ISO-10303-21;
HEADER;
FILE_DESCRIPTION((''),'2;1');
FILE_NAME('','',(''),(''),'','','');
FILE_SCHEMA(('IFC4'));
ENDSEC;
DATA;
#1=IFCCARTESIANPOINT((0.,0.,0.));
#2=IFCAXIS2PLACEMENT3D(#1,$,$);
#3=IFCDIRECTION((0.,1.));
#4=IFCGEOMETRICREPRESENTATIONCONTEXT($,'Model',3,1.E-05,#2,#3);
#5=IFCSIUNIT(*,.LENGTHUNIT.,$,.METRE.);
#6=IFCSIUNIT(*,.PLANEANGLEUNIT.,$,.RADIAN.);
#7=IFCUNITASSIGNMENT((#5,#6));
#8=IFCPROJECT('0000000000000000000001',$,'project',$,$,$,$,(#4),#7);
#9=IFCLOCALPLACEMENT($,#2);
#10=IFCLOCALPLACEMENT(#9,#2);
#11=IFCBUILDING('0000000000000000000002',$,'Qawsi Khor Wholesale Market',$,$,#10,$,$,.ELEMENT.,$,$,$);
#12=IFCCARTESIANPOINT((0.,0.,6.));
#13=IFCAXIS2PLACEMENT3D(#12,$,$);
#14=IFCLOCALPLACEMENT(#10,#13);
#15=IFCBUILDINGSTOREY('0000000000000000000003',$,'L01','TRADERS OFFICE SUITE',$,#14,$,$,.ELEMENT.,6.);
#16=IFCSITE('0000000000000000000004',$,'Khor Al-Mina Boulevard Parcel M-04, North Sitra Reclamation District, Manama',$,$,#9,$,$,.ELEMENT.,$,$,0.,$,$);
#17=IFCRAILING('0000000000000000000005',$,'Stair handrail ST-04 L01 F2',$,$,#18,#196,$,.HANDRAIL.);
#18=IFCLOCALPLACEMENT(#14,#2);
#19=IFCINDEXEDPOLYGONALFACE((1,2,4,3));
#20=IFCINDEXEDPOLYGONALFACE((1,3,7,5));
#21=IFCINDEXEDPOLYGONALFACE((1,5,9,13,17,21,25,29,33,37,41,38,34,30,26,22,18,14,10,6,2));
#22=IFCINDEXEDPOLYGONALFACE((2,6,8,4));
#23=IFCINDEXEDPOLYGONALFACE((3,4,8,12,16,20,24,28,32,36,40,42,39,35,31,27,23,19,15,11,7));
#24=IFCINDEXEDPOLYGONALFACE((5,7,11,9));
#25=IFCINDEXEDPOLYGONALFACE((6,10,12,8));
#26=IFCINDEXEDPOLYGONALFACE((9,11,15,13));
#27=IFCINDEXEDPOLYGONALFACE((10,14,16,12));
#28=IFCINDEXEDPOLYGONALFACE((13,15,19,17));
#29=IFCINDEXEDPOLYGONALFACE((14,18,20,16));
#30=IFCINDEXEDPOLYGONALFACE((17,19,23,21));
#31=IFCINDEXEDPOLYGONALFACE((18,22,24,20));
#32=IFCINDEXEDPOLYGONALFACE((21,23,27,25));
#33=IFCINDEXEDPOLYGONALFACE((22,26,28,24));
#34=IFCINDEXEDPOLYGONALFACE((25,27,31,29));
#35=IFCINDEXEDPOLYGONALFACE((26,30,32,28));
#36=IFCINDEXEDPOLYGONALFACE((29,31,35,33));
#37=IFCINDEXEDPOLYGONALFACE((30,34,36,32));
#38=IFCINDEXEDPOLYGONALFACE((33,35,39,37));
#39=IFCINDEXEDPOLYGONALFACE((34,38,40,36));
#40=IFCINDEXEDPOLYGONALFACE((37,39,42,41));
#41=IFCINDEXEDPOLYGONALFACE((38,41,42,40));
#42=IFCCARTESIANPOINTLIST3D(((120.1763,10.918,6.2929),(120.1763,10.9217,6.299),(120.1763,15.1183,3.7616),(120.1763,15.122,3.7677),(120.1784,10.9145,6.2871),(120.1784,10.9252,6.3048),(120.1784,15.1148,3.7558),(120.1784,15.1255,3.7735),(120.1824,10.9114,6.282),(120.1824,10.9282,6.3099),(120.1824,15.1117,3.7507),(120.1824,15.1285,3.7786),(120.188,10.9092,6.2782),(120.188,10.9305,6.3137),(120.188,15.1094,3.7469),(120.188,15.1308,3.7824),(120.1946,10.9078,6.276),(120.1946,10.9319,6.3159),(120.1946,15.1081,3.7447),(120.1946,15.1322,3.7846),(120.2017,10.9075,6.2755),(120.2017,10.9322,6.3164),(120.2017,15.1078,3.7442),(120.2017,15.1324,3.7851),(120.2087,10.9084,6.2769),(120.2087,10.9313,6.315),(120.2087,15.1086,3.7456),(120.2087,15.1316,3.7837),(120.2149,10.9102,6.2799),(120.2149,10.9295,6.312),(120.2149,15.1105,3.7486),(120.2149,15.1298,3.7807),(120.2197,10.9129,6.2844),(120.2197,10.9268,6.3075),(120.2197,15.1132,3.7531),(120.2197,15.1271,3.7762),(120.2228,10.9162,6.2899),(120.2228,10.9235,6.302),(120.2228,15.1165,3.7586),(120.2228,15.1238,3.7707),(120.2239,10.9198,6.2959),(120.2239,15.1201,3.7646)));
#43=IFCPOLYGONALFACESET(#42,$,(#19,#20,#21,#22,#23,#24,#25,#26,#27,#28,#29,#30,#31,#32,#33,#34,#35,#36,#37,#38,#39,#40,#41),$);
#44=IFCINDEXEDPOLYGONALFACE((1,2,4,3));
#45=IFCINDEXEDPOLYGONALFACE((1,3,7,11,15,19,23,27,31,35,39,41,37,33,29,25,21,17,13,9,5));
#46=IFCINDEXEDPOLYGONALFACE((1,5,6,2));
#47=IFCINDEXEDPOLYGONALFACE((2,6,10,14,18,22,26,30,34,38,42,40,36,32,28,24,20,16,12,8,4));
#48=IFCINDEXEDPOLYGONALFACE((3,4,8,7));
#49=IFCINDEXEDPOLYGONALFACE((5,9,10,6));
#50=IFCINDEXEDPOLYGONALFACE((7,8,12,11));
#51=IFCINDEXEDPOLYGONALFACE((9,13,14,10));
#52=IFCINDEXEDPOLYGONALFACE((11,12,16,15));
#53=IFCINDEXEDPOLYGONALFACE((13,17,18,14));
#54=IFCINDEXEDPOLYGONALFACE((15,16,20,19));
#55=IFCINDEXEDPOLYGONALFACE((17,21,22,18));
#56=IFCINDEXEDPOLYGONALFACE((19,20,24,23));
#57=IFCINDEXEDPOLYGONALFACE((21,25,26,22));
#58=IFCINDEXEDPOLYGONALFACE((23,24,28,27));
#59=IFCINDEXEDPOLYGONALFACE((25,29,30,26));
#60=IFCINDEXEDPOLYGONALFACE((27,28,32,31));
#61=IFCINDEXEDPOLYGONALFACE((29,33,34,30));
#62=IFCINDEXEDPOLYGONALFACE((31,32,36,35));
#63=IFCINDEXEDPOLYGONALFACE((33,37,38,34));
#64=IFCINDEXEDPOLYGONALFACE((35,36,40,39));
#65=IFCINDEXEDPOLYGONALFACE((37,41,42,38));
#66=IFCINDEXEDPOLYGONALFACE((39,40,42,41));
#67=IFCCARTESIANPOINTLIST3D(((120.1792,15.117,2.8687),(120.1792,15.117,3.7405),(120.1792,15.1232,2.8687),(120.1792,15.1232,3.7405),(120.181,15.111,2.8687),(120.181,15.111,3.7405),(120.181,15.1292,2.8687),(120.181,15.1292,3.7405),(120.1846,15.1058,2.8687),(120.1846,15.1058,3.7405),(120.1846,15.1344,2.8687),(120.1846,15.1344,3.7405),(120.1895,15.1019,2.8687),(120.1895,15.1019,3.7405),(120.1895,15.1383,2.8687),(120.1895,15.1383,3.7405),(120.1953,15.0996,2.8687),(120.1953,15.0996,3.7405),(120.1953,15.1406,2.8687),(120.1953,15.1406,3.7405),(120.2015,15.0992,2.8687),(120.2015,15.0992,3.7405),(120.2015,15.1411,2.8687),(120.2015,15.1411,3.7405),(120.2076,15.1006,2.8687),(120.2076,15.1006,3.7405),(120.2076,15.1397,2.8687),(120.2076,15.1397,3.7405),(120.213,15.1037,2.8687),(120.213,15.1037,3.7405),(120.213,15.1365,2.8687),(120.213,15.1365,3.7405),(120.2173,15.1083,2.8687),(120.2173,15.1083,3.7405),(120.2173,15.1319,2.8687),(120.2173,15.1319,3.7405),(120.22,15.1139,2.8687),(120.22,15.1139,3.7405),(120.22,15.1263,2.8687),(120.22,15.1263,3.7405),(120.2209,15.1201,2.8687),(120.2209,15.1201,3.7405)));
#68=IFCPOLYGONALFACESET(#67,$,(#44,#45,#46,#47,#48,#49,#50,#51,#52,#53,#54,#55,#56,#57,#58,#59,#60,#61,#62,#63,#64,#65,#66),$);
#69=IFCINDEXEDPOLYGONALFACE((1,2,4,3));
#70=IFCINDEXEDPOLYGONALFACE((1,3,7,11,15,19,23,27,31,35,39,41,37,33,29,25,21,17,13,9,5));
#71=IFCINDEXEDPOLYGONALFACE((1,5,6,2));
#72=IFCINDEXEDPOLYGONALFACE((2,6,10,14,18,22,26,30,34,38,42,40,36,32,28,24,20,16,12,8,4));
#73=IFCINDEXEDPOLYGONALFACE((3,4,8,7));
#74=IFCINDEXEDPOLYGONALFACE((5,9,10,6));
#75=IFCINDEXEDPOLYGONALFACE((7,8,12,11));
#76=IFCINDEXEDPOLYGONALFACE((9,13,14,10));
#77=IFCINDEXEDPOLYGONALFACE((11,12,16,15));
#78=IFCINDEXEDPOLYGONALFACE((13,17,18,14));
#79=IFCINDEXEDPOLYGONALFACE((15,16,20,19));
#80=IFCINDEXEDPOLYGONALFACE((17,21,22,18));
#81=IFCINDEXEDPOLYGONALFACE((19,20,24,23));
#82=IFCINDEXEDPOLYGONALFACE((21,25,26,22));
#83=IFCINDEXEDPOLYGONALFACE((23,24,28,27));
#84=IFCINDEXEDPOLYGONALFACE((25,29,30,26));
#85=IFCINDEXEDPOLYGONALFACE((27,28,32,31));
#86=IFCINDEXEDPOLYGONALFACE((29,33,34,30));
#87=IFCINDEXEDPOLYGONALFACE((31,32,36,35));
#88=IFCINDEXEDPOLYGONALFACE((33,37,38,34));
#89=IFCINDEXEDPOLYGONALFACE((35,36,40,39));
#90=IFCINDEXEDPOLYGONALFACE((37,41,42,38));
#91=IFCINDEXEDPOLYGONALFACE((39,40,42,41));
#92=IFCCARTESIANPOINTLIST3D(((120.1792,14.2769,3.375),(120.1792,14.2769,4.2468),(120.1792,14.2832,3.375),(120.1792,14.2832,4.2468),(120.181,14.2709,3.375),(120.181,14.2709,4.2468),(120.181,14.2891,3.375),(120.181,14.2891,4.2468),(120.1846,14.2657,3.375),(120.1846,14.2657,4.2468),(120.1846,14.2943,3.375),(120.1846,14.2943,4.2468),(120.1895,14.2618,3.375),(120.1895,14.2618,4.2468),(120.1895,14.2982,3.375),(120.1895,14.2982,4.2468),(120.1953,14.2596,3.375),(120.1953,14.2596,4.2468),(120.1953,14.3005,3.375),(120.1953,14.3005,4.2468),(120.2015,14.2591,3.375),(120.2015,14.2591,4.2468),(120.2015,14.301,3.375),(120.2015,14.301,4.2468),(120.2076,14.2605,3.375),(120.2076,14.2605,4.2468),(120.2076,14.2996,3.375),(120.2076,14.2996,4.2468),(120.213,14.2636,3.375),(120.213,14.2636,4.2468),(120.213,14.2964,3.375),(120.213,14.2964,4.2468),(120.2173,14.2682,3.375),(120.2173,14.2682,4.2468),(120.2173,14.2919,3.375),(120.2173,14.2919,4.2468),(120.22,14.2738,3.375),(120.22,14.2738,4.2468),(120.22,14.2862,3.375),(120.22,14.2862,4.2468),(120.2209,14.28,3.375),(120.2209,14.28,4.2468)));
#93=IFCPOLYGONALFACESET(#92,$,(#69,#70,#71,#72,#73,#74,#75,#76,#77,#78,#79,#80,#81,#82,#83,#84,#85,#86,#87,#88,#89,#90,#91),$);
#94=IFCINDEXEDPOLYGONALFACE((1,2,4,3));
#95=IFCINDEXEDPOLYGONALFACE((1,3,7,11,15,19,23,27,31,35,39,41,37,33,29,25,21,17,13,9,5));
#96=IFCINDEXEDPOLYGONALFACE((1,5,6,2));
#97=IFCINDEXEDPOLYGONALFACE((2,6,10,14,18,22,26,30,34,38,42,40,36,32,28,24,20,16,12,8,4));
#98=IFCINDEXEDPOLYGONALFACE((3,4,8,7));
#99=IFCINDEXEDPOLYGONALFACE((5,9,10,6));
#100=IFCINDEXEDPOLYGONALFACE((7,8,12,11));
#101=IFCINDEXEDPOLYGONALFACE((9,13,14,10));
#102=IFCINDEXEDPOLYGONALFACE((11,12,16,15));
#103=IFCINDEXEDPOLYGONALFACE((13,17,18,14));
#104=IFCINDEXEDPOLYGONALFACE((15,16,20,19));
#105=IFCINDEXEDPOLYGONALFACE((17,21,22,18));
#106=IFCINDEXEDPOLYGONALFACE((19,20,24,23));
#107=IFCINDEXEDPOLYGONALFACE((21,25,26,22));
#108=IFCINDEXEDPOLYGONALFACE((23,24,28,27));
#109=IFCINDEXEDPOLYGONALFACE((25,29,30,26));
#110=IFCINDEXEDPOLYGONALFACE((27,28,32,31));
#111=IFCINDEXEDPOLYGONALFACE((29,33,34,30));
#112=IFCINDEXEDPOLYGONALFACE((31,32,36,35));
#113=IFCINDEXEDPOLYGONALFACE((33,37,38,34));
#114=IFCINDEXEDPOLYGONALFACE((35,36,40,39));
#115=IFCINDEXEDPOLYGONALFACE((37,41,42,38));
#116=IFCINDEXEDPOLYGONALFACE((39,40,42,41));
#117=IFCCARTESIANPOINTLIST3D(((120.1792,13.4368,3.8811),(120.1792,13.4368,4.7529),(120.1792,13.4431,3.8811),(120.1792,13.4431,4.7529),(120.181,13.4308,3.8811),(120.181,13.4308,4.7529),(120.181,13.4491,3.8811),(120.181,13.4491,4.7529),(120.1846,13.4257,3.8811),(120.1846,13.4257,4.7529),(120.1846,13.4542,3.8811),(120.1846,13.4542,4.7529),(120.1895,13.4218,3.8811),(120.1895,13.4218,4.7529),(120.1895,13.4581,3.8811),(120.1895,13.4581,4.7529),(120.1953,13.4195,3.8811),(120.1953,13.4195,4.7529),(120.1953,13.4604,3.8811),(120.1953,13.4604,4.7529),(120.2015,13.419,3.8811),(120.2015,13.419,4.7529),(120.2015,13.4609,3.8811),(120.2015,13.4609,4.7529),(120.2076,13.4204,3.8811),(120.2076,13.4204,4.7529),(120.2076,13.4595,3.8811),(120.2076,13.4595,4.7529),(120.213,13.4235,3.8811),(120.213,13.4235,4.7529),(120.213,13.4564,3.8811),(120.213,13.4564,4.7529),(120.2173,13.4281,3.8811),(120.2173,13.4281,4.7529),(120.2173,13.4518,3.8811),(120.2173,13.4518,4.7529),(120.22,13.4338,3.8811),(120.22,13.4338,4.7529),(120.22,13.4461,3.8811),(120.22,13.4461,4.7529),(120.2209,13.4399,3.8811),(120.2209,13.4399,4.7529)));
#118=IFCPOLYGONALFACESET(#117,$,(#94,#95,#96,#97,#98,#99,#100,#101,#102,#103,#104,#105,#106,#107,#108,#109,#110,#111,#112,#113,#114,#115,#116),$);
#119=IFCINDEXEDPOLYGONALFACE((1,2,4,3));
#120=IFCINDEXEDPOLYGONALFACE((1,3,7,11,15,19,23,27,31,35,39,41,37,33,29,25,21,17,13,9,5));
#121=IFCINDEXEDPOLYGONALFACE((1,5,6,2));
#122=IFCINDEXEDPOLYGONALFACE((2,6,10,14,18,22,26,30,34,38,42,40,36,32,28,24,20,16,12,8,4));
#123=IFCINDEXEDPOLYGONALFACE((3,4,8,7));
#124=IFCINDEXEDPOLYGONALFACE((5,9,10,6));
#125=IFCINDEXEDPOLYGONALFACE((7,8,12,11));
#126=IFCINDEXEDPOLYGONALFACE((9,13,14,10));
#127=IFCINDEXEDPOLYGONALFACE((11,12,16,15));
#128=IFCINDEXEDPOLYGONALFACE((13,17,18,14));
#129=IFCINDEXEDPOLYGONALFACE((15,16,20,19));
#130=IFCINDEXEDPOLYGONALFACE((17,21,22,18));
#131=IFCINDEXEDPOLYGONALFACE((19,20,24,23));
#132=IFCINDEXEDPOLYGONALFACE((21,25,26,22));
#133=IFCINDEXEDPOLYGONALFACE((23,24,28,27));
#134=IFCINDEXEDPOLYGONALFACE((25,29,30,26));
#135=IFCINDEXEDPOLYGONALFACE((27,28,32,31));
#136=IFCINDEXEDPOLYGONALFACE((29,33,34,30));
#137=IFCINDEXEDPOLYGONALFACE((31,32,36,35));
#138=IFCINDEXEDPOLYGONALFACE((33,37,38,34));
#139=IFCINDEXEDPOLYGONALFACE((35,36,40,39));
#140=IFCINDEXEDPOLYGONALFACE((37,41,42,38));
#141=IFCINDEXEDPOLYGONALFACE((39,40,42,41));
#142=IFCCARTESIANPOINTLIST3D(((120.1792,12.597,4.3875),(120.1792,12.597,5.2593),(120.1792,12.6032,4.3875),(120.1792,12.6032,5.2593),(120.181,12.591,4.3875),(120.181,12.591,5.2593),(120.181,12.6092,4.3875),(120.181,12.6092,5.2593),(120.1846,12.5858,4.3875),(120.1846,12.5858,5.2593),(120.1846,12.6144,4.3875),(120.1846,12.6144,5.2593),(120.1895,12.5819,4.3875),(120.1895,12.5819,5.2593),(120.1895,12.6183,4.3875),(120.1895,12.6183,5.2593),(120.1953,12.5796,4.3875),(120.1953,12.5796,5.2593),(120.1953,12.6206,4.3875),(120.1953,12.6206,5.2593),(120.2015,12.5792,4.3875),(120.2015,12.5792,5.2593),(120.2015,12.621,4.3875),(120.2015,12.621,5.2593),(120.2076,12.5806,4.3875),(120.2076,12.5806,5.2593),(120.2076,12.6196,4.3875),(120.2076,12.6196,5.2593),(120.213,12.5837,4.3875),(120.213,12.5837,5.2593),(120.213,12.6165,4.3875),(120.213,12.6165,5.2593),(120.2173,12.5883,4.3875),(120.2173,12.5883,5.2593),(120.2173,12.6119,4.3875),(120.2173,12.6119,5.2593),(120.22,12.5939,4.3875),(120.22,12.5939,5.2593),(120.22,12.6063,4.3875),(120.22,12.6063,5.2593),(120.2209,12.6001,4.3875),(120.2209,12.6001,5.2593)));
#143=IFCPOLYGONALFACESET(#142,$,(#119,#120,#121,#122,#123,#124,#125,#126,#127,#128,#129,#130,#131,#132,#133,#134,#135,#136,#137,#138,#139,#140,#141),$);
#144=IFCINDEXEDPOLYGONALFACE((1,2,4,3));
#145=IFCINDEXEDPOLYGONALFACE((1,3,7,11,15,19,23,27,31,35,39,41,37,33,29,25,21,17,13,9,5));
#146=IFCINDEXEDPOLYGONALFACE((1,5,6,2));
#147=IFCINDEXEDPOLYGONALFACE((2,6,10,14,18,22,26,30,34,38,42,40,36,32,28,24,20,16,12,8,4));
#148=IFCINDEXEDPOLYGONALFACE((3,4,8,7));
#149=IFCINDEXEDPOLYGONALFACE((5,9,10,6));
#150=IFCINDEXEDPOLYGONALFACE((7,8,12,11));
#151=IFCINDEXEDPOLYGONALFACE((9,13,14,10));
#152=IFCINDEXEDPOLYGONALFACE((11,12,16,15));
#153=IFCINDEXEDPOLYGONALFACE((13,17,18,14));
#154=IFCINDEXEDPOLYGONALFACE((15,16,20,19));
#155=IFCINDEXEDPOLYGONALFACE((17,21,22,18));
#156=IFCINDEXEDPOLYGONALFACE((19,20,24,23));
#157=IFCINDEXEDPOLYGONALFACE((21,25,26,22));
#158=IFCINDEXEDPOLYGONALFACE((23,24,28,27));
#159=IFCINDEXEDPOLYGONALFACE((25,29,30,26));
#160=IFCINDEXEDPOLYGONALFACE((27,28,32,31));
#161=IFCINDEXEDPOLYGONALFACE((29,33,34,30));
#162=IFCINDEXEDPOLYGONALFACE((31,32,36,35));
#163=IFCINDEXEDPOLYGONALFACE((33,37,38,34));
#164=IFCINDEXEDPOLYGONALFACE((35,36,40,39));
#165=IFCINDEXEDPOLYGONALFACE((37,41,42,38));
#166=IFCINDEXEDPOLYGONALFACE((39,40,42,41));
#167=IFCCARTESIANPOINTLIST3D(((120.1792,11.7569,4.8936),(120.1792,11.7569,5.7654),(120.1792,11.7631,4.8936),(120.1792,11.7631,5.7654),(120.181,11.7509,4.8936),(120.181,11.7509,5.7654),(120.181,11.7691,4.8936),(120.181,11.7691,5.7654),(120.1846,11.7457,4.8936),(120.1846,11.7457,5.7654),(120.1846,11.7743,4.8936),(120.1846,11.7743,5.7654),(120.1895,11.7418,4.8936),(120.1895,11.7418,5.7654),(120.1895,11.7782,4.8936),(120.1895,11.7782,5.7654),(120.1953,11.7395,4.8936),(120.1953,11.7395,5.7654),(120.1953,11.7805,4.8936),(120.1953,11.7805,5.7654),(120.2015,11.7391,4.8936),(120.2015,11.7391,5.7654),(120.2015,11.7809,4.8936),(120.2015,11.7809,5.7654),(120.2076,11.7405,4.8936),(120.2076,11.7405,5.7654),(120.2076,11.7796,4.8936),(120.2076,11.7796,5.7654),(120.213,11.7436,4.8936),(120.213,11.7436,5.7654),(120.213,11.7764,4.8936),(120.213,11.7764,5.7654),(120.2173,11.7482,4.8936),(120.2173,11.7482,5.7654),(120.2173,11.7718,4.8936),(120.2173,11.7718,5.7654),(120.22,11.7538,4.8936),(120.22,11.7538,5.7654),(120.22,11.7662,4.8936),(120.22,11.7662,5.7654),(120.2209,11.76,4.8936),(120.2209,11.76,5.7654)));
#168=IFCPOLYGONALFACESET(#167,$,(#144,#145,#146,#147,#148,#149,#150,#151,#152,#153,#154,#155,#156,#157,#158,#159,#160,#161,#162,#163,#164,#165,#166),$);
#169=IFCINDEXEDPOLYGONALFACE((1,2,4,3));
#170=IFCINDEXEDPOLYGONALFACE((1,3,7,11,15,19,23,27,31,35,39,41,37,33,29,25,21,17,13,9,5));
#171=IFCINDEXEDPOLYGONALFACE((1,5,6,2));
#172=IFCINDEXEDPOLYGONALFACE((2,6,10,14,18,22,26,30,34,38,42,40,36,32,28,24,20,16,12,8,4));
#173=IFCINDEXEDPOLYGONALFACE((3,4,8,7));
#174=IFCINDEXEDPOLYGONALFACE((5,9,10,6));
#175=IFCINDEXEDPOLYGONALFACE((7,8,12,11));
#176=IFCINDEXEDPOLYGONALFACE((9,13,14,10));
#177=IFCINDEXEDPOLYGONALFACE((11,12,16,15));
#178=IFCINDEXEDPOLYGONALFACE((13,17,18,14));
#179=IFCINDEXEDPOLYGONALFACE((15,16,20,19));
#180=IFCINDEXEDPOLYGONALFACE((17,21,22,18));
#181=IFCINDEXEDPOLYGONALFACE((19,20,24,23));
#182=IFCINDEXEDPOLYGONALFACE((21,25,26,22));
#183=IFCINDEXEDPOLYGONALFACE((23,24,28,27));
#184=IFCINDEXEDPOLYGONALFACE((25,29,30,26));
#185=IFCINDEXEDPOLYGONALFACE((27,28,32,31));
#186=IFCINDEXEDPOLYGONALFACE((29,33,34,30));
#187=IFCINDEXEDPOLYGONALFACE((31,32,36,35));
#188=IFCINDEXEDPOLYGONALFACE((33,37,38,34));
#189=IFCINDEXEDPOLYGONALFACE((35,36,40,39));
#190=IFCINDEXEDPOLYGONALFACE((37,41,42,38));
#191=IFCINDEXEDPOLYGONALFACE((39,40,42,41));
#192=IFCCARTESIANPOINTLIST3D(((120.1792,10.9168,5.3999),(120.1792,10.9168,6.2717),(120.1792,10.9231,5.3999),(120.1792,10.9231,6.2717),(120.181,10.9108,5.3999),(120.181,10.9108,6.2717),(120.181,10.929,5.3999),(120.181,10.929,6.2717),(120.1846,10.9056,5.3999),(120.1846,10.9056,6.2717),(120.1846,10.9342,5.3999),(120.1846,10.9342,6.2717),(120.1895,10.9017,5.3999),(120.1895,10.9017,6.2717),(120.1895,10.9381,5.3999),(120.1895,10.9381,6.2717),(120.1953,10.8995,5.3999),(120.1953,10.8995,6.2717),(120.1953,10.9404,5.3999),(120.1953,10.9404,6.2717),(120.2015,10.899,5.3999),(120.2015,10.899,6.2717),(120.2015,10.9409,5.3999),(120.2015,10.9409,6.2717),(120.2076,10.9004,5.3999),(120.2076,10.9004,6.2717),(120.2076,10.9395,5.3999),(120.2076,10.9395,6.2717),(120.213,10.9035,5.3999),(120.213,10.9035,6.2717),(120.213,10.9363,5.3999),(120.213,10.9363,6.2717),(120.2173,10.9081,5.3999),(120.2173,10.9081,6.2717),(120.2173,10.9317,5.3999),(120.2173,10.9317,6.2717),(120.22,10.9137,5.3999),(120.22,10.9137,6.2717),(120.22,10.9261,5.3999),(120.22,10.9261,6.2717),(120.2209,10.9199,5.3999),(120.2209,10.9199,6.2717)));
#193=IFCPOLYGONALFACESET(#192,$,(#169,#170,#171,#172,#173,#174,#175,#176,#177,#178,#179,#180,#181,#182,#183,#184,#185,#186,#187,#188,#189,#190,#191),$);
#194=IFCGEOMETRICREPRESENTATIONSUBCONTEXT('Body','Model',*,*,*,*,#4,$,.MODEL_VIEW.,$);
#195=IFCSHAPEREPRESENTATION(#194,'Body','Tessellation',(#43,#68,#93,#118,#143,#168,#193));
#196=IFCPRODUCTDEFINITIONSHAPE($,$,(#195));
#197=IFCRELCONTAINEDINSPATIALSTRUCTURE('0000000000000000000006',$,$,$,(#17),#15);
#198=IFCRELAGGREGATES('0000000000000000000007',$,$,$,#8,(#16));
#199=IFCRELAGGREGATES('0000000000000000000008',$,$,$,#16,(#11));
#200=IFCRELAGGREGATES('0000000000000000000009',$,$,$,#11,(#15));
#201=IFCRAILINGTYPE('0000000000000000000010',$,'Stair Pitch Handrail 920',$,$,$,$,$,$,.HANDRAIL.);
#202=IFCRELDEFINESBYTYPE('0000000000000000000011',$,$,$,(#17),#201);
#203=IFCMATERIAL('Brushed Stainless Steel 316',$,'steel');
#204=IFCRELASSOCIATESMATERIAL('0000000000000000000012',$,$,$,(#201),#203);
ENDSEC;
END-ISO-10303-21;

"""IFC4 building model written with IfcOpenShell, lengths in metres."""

from ifc_helpers import new_model, si_unit, direction, frame, origin, origin_2d, place, context, subcontext, project, spatial, circle, extrude, material, type_object, element, save


model = new_model("IFC4")

# Units and contexts
model_context = context("Model", 3, precision=1e-05, world=origin(), true_north=direction((0.0, 1.0)))
body_context = subcontext(model_context, "Body", "Model", "MODEL_VIEW")
ifc_project = project(units=[si_unit("LENGTHUNIT", "METRE"), si_unit("PLANEANGLEUNIT", "RADIAN")], contexts=[model_context])

# Site, building, storey
site_placement = place(None, origin())
site = spatial("IfcSite", under=ifc_project, at=site_placement, Name="Khor Al-Mina Boulevard Parcel M-04, North Sitra Reclamation District, Manama", CompositionType="ELEMENT", RefElevation=0.0)
building_placement = place(site_placement, origin())
building = spatial("IfcBuilding", under=site, at=building_placement, Name="Qawsi Khor Wholesale Market", CompositionType="ELEMENT")
storey_placement = place(building_placement, frame((0.0, 0.0, 6.0)))
storey = spatial("IfcBuildingStorey", under=building, at=storey_placement, Name="L01", Description="TRADERS OFFICE SUITE", CompositionType="ELEMENT", Elevation=6.0)

# Railing
ifc_material_1 = material(Name="Brushed Stainless Steel 316", Category="steel")
railing_type_1 = type_object("IfcRailingType", Name="Stair Pitch Handrail 920", PredefinedType="HANDRAIL", material=ifc_material_1)
railing_1_placement = place(storey_placement, frame((120.2, 15.1201, 2.8687)))
element("IfcRailing", 1, at=railing_1_placement, inside=storey, type_object=railing_type_1, Name="Stair handrail ST-04 L01 F2", PredefinedType="HANDRAIL", context=body_context, shape_type="SweptSolid", body=[
    extrude(circle(Radius=0.0239, at=origin_2d()), frame((0.0, 0.0, 0.896), z_axis=(0.0, -0.85649, 0.516164), x_axis=(1.0, 0.0, 0.0)), (0.0, 0.0, 1.0), 4.9041),
    extrude(circle(Radius=0.021, at=origin_2d()), origin(), (0.0, 0.0, 1.0), 0.8718),
    extrude(circle(Radius=0.021, at=origin_2d()), frame((0.0, -0.8401, 0.5063)), (0.0, 0.0, 1.0), 0.8718),
    extrude(circle(Radius=0.021, at=origin_2d()), frame((0.0, -1.6802, 1.0125)), (0.0, 0.0, 1.0), 0.8718),
    extrude(circle(Radius=0.021, at=origin_2d()), frame((0.0, -2.52, 1.5188)), (0.0, 0.0, 1.0), 0.8718),
    extrude(circle(Radius=0.021, at=origin_2d()), frame((0.0, -3.3601, 2.0249)), (0.0, 0.0, 1.0), 0.8718),
    extrude(circle(Radius=0.021, at=origin_2d()), frame((0.0, -4.2002, 2.5312)), (0.0, 0.0, 1.0), 0.8718),
])

save(model, "model.ifc")
